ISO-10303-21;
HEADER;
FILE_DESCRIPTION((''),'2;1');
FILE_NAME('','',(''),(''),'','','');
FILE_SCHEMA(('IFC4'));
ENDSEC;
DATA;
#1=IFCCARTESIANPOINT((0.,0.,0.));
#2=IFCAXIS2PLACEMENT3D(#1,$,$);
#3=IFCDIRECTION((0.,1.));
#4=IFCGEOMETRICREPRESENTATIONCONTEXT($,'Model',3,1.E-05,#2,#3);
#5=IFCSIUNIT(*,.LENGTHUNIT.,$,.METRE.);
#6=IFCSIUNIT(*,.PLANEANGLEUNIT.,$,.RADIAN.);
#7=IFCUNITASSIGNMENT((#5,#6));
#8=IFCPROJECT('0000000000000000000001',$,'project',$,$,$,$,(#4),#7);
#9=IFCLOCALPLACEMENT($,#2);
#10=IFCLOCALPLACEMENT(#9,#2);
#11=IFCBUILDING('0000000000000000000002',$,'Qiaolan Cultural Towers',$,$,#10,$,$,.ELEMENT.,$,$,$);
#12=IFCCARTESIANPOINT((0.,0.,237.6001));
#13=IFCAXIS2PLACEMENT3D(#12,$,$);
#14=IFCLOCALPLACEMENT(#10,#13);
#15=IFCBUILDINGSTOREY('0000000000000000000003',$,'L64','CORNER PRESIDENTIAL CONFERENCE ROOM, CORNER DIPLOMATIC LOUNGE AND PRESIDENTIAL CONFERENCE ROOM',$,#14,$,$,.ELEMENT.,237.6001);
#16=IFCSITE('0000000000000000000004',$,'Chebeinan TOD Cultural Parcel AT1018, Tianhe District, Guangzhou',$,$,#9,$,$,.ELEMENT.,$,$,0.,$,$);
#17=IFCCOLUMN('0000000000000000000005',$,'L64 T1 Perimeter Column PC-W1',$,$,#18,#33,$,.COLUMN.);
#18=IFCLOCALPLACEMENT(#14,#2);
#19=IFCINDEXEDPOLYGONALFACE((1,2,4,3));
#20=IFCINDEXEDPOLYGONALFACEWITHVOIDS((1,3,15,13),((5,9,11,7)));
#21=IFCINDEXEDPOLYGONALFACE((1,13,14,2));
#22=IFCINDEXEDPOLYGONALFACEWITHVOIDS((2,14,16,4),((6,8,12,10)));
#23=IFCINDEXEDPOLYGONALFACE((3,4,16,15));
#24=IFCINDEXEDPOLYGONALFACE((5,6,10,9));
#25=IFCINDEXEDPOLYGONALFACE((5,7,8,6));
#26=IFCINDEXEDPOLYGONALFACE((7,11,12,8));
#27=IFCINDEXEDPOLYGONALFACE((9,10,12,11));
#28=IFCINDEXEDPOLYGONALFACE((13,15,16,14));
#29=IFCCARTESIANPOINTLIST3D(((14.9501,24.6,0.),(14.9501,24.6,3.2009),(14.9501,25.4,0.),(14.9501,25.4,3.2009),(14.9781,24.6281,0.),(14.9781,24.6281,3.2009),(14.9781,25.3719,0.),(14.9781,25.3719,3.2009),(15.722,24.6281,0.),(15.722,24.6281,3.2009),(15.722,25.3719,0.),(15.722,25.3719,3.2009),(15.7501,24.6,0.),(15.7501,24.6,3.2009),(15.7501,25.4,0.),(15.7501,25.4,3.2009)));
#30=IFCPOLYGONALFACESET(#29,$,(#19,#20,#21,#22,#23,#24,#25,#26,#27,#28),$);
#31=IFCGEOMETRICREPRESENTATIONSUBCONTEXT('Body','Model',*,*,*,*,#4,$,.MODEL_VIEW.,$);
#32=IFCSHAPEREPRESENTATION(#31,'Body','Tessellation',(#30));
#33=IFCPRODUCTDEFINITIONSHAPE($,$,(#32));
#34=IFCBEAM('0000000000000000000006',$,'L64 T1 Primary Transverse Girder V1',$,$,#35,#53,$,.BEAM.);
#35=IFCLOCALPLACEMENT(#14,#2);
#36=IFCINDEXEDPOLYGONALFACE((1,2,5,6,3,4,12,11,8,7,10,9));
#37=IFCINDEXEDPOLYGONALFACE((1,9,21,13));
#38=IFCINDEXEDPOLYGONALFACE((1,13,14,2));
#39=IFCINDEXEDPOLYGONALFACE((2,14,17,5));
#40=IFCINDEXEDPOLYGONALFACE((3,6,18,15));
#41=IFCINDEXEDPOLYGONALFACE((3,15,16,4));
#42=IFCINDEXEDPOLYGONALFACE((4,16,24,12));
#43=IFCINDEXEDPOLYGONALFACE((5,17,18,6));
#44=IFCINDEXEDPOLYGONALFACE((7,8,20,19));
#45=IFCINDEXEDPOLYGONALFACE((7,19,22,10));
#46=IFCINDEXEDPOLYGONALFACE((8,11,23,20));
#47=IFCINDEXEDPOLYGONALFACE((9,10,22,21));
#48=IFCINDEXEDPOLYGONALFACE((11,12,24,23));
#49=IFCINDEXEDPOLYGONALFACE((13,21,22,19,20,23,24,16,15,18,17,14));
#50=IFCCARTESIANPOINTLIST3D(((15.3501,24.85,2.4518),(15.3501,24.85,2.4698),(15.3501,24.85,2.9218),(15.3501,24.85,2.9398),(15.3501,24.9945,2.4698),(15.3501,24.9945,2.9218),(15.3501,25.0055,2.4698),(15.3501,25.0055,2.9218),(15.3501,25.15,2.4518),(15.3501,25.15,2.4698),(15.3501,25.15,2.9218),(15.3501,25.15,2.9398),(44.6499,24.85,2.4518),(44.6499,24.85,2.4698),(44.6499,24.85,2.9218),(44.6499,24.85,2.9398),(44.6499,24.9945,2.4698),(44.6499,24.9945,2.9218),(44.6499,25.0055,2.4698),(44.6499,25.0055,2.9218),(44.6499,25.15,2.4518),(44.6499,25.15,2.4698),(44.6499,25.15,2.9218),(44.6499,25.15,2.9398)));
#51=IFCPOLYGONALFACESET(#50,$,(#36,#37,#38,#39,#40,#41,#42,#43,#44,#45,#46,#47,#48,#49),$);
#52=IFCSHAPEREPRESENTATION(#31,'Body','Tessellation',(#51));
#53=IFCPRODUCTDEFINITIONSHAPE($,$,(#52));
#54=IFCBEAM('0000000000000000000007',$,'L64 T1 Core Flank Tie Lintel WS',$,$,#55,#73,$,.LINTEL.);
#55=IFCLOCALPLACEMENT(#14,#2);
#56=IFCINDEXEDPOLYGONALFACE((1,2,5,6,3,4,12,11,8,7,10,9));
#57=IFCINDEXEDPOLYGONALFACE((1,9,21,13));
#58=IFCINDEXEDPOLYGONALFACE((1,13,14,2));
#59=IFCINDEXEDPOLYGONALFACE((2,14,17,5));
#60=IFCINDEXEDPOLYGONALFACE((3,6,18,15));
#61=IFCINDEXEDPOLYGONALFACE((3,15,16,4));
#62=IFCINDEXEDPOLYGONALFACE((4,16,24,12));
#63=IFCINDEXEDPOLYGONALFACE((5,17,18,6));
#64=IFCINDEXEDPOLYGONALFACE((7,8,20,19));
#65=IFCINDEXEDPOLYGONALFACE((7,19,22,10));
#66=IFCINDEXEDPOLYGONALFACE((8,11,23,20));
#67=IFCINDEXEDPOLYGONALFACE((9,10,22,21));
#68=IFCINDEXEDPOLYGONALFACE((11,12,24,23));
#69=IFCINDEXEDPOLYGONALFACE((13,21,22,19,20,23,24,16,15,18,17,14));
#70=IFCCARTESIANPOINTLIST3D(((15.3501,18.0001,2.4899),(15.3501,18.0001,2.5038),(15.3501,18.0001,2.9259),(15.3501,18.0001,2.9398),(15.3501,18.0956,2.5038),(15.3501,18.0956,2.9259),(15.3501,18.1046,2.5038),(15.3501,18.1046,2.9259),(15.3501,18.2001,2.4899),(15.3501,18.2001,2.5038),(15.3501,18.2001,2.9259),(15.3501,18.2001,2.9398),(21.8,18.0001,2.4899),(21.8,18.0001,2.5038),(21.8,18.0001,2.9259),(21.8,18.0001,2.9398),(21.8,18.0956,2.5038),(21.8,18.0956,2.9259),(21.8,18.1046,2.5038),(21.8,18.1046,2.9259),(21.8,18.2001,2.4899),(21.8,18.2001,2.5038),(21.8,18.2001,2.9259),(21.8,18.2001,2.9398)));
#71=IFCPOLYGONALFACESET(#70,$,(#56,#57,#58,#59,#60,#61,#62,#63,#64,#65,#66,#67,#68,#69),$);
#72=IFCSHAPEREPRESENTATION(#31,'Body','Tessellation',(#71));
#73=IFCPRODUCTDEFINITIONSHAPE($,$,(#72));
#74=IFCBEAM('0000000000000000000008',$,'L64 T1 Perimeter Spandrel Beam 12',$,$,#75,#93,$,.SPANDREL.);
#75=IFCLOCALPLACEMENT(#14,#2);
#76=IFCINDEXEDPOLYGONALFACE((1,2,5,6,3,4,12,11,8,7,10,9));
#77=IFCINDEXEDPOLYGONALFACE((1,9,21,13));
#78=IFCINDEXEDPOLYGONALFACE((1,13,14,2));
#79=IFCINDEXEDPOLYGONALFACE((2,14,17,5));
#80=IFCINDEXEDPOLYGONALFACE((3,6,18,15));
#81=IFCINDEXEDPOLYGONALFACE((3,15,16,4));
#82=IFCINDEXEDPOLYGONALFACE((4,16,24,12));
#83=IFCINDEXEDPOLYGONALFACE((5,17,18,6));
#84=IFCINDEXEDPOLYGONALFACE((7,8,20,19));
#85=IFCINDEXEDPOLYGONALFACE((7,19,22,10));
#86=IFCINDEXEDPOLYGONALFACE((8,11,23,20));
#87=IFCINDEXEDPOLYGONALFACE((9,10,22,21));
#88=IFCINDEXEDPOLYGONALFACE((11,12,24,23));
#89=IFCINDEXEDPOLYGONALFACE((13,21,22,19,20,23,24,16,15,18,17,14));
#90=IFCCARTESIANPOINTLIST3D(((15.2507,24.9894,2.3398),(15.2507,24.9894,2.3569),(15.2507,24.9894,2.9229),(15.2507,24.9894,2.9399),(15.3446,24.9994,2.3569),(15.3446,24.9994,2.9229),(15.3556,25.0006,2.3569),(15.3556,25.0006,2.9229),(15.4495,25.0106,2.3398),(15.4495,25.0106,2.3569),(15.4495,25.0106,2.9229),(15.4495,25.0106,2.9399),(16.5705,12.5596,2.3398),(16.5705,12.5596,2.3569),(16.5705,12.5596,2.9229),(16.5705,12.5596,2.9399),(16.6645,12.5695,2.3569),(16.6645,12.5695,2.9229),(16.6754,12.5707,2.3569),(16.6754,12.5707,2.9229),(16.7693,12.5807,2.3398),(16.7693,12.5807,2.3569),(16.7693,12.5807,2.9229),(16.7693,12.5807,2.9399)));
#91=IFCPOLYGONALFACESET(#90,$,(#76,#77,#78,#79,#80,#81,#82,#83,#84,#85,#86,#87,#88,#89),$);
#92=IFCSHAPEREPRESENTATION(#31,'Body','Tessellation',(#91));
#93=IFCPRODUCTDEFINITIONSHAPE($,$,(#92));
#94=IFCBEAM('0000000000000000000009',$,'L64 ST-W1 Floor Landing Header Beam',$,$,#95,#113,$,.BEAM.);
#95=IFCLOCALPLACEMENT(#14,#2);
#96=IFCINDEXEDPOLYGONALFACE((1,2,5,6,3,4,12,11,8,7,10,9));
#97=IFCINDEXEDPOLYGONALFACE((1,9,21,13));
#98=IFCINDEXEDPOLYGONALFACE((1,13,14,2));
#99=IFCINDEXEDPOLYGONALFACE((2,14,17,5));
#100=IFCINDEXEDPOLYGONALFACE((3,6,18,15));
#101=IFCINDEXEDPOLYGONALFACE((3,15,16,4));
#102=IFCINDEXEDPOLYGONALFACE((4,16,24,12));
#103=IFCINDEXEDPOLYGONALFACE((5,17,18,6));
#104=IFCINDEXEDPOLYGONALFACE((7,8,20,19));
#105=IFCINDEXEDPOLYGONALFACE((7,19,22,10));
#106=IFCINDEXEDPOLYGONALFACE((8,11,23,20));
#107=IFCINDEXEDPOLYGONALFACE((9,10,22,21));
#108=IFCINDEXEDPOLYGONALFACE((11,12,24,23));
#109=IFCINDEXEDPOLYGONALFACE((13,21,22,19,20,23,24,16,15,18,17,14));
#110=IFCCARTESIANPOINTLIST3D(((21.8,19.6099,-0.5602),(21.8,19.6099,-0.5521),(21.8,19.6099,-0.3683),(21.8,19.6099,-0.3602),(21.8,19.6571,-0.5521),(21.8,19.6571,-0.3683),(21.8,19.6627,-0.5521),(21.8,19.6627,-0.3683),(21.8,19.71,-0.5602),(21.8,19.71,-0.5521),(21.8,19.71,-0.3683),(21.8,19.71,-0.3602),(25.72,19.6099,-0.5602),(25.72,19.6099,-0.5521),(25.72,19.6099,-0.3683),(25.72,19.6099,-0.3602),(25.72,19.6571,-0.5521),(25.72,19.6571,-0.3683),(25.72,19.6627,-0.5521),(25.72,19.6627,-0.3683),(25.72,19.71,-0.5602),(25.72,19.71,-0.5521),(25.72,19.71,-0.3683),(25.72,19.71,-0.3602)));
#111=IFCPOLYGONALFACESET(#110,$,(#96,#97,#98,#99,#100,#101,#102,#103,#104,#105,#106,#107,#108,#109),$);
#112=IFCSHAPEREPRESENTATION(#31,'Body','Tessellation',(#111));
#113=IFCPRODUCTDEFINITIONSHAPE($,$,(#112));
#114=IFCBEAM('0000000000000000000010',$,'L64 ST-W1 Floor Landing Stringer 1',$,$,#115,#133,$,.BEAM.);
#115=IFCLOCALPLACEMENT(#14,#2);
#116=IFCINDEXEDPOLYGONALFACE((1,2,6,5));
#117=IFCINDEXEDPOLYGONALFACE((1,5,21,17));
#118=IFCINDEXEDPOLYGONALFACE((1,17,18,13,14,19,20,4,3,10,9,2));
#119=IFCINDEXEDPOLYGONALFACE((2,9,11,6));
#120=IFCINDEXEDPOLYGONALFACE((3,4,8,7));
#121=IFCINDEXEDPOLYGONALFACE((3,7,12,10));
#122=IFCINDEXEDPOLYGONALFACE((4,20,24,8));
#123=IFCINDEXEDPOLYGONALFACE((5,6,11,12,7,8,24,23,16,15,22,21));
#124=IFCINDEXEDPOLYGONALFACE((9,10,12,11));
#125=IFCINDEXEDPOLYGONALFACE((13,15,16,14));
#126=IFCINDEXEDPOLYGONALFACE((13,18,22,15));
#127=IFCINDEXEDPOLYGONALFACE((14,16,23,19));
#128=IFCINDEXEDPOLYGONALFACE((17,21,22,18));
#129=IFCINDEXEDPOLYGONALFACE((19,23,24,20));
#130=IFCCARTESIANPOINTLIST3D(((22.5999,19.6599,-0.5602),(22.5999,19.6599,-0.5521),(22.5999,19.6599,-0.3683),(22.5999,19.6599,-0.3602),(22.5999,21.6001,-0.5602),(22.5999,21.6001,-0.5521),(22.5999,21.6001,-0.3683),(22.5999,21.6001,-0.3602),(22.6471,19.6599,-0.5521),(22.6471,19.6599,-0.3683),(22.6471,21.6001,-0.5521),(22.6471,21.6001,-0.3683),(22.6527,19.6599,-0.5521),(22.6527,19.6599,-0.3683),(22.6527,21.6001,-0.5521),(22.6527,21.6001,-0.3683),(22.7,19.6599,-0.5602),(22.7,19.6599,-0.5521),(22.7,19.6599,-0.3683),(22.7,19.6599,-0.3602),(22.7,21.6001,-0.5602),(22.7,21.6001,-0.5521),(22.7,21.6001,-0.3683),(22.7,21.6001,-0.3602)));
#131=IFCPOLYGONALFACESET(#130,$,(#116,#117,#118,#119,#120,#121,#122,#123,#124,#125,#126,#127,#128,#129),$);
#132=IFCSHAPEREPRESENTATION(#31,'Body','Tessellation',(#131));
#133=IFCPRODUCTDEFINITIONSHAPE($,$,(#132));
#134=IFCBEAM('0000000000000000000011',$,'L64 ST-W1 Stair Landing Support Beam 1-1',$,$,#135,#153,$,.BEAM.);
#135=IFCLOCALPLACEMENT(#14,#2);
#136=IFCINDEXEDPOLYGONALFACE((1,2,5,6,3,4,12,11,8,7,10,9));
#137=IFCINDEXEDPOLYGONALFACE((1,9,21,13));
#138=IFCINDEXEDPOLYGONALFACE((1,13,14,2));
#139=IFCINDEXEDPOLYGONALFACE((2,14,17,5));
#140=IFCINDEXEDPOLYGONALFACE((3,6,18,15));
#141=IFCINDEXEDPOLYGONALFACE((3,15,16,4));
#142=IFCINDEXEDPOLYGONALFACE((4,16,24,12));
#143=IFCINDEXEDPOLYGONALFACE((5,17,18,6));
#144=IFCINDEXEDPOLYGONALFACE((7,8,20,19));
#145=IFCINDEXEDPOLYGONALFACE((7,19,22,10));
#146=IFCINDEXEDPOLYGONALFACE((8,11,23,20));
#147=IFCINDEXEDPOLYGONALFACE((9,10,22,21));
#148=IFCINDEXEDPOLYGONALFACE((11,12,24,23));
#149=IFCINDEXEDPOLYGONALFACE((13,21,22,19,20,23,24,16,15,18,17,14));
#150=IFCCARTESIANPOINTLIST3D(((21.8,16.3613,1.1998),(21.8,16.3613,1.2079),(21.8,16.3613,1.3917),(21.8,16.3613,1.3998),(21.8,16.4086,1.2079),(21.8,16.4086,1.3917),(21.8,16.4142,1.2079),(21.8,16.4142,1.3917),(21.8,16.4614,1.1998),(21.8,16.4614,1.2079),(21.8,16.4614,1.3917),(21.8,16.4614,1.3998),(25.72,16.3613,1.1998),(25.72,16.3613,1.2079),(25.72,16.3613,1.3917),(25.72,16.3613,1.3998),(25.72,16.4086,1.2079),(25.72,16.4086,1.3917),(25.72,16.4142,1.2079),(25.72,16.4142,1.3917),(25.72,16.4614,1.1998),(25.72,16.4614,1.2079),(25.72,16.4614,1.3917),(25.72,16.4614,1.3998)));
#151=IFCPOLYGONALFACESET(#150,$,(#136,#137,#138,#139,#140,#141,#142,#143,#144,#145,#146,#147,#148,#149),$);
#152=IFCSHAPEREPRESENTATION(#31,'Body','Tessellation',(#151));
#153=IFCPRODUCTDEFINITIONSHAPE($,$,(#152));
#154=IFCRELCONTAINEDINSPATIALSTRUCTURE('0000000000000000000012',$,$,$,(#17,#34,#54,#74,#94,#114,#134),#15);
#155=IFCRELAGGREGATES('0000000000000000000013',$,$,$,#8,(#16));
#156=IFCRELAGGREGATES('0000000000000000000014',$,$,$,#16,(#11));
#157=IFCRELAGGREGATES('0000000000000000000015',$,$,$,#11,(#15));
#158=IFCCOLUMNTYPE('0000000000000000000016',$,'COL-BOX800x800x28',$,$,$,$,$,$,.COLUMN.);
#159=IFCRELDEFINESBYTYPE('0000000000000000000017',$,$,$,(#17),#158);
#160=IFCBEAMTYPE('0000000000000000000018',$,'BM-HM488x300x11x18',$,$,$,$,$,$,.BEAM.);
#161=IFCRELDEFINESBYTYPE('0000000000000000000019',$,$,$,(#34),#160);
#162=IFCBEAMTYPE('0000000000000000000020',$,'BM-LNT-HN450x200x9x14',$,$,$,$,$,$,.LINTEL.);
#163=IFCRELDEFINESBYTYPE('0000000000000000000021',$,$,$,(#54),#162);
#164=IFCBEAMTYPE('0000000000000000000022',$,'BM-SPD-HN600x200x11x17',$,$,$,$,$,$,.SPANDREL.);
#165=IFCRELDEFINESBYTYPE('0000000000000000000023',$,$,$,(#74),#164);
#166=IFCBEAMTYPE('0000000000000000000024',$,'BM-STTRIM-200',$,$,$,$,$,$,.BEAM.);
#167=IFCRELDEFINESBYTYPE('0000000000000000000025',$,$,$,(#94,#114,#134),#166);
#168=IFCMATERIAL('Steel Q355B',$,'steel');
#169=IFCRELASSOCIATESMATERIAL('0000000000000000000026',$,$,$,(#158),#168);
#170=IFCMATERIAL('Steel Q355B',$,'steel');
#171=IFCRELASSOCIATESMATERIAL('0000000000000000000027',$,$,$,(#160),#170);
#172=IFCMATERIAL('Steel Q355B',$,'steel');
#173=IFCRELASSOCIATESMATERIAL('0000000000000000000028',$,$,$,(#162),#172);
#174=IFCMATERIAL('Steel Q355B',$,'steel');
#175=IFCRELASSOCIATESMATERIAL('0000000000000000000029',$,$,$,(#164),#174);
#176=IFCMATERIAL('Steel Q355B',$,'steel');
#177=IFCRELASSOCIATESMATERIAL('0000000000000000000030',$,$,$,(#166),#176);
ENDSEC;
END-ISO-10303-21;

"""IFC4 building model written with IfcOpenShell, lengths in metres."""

from ifc_helpers import new_model, si_unit, direction, frame, origin, origin_2d, place, context, subcontext, project, spatial, hollow_rectangle, i_section, extrude, material, material_profile, profile_set, type_object, element, save


model = new_model("IFC4")

# Units and contexts
model_context = context("Model", 3, precision=1e-05, world=origin(), true_north=direction((0.0, 1.0)))
body_context = subcontext(model_context, "Body", "Model", "MODEL_VIEW")
ifc_project = project(units=[si_unit("LENGTHUNIT", "METRE"), si_unit("PLANEANGLEUNIT", "RADIAN")], contexts=[model_context])

# Site, building, storey
site_placement = place(None, origin())
site = spatial("IfcSite", under=ifc_project, at=site_placement, Name="Chebeinan TOD Cultural Parcel AT1018, Tianhe District, Guangzhou", CompositionType="ELEMENT", RefElevation=0.0)
building_placement = place(site_placement, origin())
building = spatial("IfcBuilding", under=site, at=building_placement, Name="Qiaolan Cultural Towers", CompositionType="ELEMENT")
storey_placement = place(building_placement, frame((0.0, 0.0, 237.6001)))
storey = spatial("IfcBuildingStorey", under=building, at=storey_placement, Name="L64", Description="CORNER PRESIDENTIAL CONFERENCE ROOM, CORNER DIPLOMATIC LOUNGE AND PRESIDENTIAL CONFERENCE ROOM", CompositionType="ELEMENT", Elevation=237.6001)

# Column
ifc_material_1 = material(Name="Steel Q355B", Category="steel")
ifc_material_profile_1 = material_profile(ifc_material_1, hollow_rectangle(XDim=0.8, YDim=0.8, WallThickness=0.0281, at=origin_2d()), Name="BOX800x800x28")
ifc_profile_set_1 = profile_set([ifc_material_profile_1], Name="Steel Q355B")
column_type = type_object("IfcColumnType", Name="COL-BOX800x800x28", PredefinedType="COLUMN", material=ifc_profile_set_1)
column_placement = place(storey_placement, frame((15.3501, 25.0, 0.0), z_axis=(0.0, 0.0, 1.0), x_axis=(1.0, 0.0, 0.0)))
element("IfcColumn", 1, at=column_placement, inside=storey, type_object=column_type, Name="L64 T1 Perimeter Column PC-W1", PredefinedType="COLUMN", context=body_context, shape_type="SweptSolid", body=[
    extrude(hollow_rectangle(XDim=0.8, YDim=0.8, WallThickness=0.0281, at=origin_2d()), origin(), (0.0, 0.0, 1.0), 3.2009),
])

# Beams
ifc_material_2 = material(Name="Steel Q355B", Category="steel")
ifc_material_profile_2 = material_profile(ifc_material_2, i_section(OverallWidth=0.3, OverallDepth=0.488, WebThickness=0.011, FlangeThickness=0.0181, at=origin_2d()), Name="HM488x300x11x18")
ifc_profile_set_2 = profile_set([ifc_material_profile_2], Name="Steel Q355B")
beam_type_1 = type_object("IfcBeamType", Name="BM-HM488x300x11x18", PredefinedType="BEAM", material=ifc_profile_set_2)
beam_1_placement = place(storey_placement, frame((15.3501, 25.0, 2.6958), z_axis=(1.0, 0.0, 0.0), x_axis=(0.0, 1.0, 0.0)))
element("IfcBeam", 2, at=beam_1_placement, inside=storey, type_object=beam_type_1, Name="L64 T1 Primary Transverse Girder V1", PredefinedType="BEAM", context=body_context, shape_type="SweptSolid", body=[
    extrude(i_section(OverallWidth=0.3, OverallDepth=0.488, WebThickness=0.011, FlangeThickness=0.0181, at=origin_2d()), origin(), (0.0, 0.0, 1.0), 29.2998),
])
ifc_material_3 = material(Name="Steel Q355B", Category="steel")
ifc_material_profile_3 = material_profile(ifc_material_3, i_section(OverallWidth=0.2, OverallDepth=0.45, WebThickness=0.009, FlangeThickness=0.0139, at=origin_2d()), Name="HN450x200x9x14")
ifc_profile_set_3 = profile_set([ifc_material_profile_3], Name="Steel Q355B")
beam_type_2 = type_object("IfcBeamType", Name="BM-LNT-HN450x200x9x14", PredefinedType="LINTEL", material=ifc_profile_set_3)
beam_2_placement = place(storey_placement, frame((21.8, 18.1001, 2.7148), z_axis=(-1.0, 0.0, 0.0), x_axis=(0.0, -1.0, 0.0)))
element("IfcBeam", 3, at=beam_2_placement, inside=storey, type_object=beam_type_2, Name="L64 T1 Core Flank Tie Lintel WS", PredefinedType="LINTEL", context=body_context, shape_type="SweptSolid", body=[
    extrude(i_section(OverallWidth=0.2, OverallDepth=0.45, WebThickness=0.009, FlangeThickness=0.0139, at=origin_2d()), origin(), (0.0, 0.0, 1.0), 6.45),
])
ifc_material_4 = material(Name="Steel Q355B", Category="steel")
ifc_material_profile_4 = material_profile(ifc_material_4, i_section(OverallWidth=0.2, OverallDepth=0.6001, WebThickness=0.011, FlangeThickness=0.0171, at=origin_2d()), Name="HN600x200x11x17")
ifc_profile_set_4 = profile_set([ifc_material_profile_4], Name="Steel Q355B")
beam_type_3 = type_object("IfcBeamType", Name="BM-SPD-HN600x200x11x17", PredefinedType="SPANDREL", material=ifc_profile_set_4)
beam_3_placement = place(storey_placement, frame((15.3501, 25.0, 2.6399), z_axis=(0.105588, -0.99441, 0.0), x_axis=(0.99441, 0.105588, 0.0)))
element("IfcBeam", 4, at=beam_3_placement, inside=storey, type_object=beam_type_3, Name="L64 T1 Perimeter Spandrel Beam 12", PredefinedType="SPANDREL", context=body_context, shape_type="SweptSolid", body=[
    extrude(i_section(OverallWidth=0.2, OverallDepth=0.6001, WebThickness=0.011, FlangeThickness=0.0171, at=origin_2d()), origin(), (0.0, 0.0, 1.0), 12.4998),
])
ifc_material_5 = material(Name="Steel Q355B", Category="steel")
ifc_material_profile_5 = material_profile(ifc_material_5, i_section(OverallWidth=0.1001, OverallDepth=0.2, WebThickness=0.0056, FlangeThickness=0.0081, at=origin_2d()), Name="HN200x100x5.5x8")
ifc_profile_set_5 = profile_set([ifc_material_profile_5], Name="Steel Q355B")
beam_type_4 = type_object("IfcBeamType", Name="BM-STTRIM-200", PredefinedType="BEAM", material=ifc_profile_set_5)
beam_4_placement = place(storey_placement, frame((21.8, 19.6599, -0.4602), z_axis=(1.0, 0.0, 0.0), x_axis=(0.0, 1.0, 0.0)))
element("IfcBeam", 5, at=beam_4_placement, inside=storey, type_object=beam_type_4, Name="L64 ST-W1 Floor Landing Header Beam", PredefinedType="BEAM", context=body_context, shape_type="SweptSolid", body=[
    extrude(i_section(OverallWidth=0.1001, OverallDepth=0.2, WebThickness=0.0056, FlangeThickness=0.0081, at=origin_2d()), origin(), (0.0, 0.0, 1.0), 3.9199),
])
beam_5_placement = place(storey_placement, frame((22.6499, 21.6001, -0.4602), z_axis=(0.0, -1.0, 0.0), x_axis=(1.0, 0.0, 0.0)))
element("IfcBeam", 6, at=beam_5_placement, inside=storey, type_object=beam_type_4, Name="L64 ST-W1 Floor Landing Stringer 1", PredefinedType="BEAM", context=body_context, shape_type="SweptSolid", body=[
    extrude(i_section(OverallWidth=0.1001, OverallDepth=0.2, WebThickness=0.0056, FlangeThickness=0.0081, at=origin_2d()), origin(), (0.0, 0.0, 1.0), 1.9402),
])
beam_6_placement = place(storey_placement, frame((21.8, 16.4114, 1.2998), z_axis=(1.0, 0.0, 0.0), x_axis=(0.0, 1.0, 0.0)))
element("IfcBeam", 7, at=beam_6_placement, inside=storey, type_object=beam_type_4, Name="L64 ST-W1 Stair Landing Support Beam 1-1", PredefinedType="BEAM", context=body_context, shape_type="SweptSolid", body=[
    extrude(i_section(OverallWidth=0.1001, OverallDepth=0.2, WebThickness=0.0056, FlangeThickness=0.0081, at=origin_2d()), origin(), (0.0, 0.0, 1.0), 3.9199),
])

save(model, "model.ifc")
